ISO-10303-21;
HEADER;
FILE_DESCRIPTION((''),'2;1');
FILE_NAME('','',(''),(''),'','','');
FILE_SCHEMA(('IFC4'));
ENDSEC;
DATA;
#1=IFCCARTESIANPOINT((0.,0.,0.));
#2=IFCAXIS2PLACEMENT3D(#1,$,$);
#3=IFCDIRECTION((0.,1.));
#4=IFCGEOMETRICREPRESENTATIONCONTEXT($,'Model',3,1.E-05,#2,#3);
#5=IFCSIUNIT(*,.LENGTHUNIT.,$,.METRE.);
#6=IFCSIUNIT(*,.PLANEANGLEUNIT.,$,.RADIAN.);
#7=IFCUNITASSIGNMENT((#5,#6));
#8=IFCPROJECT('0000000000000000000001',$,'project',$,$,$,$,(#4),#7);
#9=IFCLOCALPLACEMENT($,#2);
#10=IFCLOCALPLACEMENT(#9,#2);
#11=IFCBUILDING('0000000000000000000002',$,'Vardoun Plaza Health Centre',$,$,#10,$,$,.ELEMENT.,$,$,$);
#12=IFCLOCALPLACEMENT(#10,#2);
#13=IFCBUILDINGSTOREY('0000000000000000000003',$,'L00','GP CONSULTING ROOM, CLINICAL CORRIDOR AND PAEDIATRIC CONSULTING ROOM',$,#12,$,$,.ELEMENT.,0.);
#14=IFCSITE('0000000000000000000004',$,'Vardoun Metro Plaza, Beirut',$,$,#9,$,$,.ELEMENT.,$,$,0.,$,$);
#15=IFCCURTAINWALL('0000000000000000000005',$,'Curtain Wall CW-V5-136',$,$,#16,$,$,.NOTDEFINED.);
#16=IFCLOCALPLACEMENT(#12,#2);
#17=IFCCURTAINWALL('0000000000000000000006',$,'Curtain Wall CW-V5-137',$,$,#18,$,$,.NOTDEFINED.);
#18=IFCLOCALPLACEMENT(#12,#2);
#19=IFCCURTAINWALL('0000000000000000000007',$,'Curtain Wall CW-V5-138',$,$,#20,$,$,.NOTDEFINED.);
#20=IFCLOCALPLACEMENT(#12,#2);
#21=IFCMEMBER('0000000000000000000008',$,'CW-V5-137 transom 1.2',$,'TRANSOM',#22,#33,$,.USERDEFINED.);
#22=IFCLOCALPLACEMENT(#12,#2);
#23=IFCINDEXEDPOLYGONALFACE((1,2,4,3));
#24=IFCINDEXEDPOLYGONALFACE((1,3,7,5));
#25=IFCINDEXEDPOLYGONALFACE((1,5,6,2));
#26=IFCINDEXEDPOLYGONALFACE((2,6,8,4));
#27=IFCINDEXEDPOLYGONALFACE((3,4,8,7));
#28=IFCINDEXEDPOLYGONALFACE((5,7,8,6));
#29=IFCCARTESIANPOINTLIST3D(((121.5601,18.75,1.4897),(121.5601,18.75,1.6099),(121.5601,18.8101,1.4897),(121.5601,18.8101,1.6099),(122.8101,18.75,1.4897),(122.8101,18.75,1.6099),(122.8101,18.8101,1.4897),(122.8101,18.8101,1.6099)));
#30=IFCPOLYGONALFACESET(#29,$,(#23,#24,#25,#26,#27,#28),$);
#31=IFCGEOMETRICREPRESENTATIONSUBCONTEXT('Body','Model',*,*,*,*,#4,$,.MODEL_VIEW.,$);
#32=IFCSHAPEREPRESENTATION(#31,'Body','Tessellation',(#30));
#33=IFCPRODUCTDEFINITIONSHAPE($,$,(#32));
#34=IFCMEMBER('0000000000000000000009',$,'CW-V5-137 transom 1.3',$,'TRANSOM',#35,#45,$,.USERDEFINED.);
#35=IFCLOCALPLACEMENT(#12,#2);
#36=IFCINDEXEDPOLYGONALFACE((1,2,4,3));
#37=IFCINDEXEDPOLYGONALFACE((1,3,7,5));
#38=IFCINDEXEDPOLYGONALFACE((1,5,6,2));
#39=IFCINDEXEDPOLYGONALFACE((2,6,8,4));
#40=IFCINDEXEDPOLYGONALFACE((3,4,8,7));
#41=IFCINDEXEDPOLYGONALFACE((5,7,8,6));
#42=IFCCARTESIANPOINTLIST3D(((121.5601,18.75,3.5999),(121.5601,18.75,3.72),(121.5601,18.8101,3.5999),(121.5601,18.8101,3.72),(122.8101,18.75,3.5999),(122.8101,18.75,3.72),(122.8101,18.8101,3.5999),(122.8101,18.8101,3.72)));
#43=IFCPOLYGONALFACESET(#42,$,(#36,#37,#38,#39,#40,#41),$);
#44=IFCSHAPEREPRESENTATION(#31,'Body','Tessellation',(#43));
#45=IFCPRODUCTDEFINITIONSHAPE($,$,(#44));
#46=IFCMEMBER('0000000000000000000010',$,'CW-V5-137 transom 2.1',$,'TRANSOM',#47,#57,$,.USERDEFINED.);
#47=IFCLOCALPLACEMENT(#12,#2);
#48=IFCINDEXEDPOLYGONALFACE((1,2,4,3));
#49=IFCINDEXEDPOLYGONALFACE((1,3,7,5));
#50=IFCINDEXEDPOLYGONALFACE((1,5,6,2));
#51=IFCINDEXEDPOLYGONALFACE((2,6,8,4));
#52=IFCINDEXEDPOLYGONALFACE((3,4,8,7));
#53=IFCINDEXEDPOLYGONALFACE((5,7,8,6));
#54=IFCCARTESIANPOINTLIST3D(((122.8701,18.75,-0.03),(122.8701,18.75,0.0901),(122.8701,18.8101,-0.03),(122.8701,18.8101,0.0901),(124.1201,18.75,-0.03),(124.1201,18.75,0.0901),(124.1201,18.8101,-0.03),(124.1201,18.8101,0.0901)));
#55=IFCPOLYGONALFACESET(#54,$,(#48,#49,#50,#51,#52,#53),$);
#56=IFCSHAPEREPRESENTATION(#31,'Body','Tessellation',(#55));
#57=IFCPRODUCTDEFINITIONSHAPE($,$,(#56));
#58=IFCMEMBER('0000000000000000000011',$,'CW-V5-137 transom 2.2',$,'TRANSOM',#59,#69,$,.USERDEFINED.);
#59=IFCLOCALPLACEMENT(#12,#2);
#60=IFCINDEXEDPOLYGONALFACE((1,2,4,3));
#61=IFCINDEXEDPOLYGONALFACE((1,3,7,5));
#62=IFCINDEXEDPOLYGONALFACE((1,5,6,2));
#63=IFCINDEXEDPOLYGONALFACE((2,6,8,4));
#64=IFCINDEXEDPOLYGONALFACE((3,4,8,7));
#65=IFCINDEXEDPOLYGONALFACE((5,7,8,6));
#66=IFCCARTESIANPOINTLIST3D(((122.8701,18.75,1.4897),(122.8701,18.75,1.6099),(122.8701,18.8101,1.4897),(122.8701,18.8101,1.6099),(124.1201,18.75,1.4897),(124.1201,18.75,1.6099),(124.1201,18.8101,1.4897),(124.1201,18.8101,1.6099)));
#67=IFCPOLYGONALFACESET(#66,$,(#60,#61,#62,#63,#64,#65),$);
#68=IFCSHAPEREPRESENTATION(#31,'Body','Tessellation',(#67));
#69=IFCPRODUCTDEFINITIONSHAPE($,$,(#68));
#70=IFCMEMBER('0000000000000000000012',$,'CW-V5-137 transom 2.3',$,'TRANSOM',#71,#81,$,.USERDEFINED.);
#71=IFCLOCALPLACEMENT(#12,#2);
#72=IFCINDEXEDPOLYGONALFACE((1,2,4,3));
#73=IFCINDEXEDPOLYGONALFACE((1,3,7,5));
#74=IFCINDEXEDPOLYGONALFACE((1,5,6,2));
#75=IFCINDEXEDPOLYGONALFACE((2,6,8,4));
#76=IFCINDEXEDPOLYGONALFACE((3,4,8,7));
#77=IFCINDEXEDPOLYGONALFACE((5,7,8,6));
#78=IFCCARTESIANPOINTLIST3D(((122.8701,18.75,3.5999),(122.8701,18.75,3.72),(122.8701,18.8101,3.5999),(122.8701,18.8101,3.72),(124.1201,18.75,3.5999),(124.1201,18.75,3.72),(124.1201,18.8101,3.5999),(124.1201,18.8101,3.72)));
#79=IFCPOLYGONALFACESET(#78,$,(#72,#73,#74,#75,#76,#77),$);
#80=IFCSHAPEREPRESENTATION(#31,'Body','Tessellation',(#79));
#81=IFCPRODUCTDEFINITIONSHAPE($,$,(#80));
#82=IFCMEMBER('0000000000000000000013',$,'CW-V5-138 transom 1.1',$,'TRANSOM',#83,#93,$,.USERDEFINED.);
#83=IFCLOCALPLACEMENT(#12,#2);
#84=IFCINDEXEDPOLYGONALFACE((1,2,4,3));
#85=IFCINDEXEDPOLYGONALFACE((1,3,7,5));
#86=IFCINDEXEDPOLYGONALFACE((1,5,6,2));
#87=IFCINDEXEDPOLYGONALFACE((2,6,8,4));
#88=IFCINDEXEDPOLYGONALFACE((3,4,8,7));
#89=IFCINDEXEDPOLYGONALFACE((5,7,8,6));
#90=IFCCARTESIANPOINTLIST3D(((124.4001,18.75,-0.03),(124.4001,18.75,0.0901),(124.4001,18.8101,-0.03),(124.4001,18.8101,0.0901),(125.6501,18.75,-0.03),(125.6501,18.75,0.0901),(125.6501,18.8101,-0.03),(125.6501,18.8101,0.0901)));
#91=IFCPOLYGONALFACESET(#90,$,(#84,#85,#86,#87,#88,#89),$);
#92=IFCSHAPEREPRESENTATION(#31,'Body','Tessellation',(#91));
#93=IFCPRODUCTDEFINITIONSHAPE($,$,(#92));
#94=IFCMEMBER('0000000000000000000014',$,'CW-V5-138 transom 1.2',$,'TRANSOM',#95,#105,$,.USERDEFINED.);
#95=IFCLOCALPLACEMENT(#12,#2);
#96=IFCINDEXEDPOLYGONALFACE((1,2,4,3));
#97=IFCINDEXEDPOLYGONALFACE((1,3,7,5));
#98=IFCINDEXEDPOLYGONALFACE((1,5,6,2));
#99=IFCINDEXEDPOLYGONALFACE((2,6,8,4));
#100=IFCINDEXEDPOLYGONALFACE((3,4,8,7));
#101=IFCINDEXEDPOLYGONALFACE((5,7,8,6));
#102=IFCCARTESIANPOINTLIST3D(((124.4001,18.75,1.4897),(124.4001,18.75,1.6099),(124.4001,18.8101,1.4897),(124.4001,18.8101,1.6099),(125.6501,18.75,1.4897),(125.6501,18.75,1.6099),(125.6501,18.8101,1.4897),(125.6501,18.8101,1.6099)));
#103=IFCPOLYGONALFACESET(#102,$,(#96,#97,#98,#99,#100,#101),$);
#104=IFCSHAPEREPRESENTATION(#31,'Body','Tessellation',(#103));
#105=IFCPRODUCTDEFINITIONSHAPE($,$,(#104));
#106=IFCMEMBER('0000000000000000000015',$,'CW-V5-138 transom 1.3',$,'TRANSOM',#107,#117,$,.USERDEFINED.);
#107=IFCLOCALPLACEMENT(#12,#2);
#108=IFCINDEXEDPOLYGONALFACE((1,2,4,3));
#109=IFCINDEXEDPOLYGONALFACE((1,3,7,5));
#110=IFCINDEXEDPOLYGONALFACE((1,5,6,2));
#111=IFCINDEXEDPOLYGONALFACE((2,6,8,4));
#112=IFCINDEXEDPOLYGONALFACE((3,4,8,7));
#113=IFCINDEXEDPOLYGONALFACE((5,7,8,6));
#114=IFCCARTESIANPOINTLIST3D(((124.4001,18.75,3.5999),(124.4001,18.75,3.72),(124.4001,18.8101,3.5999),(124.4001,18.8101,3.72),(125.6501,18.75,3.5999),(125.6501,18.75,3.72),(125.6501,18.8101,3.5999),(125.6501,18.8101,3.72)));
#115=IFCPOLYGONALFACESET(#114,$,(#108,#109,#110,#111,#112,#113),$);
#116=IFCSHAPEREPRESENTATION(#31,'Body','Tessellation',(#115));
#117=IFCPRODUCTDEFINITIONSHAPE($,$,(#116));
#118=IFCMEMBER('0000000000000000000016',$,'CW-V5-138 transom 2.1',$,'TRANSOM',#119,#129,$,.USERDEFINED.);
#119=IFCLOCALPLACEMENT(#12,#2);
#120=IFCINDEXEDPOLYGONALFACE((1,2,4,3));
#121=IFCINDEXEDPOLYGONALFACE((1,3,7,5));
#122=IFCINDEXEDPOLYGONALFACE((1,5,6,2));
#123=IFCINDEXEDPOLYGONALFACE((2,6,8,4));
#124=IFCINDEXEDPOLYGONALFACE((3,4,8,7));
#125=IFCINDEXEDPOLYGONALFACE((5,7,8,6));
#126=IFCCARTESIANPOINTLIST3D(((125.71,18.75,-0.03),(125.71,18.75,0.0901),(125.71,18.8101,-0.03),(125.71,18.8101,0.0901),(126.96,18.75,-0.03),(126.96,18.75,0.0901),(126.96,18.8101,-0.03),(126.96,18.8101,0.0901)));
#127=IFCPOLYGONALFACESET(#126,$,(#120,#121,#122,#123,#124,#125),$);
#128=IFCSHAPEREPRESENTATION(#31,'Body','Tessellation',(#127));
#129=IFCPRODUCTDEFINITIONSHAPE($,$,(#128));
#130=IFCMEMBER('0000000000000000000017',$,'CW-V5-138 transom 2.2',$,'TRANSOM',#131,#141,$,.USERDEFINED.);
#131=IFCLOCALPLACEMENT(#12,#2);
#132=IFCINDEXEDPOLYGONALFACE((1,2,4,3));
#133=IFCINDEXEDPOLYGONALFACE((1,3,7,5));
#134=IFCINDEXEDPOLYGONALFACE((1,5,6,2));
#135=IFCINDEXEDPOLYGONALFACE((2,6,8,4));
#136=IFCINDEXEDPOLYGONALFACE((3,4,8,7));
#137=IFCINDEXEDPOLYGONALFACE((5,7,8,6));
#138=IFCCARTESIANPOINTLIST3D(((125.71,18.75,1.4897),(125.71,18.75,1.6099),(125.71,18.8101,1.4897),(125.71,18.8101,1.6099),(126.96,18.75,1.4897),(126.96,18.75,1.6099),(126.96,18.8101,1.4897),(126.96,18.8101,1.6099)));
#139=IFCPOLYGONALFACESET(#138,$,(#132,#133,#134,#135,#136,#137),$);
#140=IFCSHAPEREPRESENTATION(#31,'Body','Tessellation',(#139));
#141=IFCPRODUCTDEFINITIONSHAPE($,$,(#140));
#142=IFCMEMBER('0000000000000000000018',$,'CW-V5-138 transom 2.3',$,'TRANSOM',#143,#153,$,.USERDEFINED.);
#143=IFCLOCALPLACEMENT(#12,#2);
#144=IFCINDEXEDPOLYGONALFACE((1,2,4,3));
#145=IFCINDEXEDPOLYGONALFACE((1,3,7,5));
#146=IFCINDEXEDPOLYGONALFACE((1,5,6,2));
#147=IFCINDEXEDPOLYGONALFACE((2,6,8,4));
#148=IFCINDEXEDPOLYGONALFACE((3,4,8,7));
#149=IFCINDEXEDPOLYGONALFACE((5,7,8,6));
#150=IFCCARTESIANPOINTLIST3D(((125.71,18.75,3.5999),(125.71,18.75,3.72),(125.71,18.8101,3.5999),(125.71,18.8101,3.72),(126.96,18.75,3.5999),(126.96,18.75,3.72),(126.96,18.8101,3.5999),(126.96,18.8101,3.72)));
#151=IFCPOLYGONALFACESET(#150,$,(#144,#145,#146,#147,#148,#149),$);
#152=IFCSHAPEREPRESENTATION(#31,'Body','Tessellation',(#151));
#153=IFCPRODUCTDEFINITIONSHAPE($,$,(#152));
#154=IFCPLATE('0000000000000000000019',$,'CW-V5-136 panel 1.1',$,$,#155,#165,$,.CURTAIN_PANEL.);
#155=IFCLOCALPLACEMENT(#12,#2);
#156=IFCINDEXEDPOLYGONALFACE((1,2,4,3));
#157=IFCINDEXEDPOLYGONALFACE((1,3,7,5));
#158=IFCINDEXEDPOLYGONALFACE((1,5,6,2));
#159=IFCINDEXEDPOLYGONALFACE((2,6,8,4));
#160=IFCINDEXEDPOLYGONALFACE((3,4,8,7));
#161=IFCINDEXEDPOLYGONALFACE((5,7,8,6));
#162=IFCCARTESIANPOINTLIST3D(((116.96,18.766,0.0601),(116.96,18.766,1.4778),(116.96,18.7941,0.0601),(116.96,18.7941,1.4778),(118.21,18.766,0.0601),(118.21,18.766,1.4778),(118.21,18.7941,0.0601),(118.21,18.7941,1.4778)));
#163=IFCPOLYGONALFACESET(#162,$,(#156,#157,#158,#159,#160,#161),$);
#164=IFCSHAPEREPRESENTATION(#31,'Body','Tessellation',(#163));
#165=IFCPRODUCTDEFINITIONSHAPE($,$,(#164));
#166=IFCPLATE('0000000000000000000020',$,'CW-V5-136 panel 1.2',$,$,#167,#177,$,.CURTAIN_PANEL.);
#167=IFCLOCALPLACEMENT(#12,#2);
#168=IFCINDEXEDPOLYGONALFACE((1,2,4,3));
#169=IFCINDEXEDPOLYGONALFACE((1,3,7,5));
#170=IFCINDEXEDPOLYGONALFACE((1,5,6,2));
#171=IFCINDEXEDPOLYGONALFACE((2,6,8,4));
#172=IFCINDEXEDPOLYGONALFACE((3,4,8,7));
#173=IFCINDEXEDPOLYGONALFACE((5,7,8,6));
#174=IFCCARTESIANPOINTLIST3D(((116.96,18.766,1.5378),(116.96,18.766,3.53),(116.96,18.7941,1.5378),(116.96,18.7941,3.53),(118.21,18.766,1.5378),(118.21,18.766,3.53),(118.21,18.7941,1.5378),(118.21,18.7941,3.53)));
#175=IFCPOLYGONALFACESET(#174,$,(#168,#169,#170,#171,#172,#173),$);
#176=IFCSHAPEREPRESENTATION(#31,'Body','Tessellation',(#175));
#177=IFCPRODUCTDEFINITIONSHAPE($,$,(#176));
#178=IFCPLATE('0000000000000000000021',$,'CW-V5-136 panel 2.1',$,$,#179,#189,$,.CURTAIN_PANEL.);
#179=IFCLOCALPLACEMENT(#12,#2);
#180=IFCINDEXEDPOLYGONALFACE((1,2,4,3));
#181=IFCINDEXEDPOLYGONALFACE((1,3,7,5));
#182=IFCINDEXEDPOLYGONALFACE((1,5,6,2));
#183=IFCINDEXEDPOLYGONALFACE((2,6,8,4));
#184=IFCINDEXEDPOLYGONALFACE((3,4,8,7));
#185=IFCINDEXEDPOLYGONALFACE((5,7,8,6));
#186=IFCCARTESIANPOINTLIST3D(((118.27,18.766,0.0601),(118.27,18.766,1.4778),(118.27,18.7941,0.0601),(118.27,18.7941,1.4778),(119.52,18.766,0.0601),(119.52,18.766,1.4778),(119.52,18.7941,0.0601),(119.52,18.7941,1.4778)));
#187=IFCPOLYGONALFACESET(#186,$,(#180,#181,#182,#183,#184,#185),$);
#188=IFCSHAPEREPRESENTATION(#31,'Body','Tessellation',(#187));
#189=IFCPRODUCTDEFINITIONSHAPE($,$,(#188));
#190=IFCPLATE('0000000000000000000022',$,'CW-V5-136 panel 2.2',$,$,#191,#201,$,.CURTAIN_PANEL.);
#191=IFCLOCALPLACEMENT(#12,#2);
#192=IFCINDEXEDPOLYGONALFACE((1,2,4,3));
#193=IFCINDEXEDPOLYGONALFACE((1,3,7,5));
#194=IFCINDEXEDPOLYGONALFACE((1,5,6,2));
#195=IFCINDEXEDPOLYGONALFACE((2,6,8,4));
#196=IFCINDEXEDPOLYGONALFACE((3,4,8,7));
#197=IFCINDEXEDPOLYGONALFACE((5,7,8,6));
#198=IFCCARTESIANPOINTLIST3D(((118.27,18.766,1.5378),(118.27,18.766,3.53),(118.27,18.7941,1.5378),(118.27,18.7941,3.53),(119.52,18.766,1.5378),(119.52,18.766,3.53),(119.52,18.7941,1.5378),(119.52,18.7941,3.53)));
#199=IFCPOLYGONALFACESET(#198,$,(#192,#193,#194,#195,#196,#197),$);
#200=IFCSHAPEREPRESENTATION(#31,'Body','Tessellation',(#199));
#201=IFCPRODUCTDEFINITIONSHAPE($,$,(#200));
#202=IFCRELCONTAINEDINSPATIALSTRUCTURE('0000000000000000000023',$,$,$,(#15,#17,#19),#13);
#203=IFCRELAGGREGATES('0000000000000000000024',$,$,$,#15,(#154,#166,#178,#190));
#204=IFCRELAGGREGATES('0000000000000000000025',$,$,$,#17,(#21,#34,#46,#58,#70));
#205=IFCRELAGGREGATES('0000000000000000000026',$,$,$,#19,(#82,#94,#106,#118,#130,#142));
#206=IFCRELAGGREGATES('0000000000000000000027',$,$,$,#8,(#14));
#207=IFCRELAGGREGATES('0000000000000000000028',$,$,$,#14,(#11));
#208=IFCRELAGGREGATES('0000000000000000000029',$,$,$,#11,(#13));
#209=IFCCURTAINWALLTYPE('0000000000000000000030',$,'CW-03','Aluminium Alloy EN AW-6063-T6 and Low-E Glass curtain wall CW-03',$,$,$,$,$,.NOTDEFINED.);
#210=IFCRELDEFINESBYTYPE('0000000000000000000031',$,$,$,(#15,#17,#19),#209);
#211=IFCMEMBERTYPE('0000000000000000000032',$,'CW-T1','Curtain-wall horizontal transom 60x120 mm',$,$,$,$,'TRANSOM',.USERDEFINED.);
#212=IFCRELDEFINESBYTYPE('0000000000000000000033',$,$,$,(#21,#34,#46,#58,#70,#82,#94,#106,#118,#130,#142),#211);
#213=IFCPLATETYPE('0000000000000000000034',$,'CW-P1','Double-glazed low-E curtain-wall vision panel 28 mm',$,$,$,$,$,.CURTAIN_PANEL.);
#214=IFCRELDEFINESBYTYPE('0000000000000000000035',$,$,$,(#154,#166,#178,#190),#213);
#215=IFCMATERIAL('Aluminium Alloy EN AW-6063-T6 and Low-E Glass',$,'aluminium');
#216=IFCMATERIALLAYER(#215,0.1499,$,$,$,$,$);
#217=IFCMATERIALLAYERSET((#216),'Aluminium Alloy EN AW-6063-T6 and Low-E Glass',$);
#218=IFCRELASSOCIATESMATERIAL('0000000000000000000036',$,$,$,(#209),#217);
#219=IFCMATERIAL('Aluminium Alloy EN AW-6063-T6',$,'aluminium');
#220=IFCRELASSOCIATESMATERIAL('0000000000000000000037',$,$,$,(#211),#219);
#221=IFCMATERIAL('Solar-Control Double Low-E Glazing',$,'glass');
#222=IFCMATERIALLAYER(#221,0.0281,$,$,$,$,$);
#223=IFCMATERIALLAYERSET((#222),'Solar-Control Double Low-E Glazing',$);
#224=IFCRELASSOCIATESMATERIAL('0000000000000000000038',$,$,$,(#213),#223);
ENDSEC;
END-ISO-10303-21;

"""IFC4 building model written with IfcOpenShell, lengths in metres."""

from ifc_helpers import new_model, si_unit, direction, frame, origin, origin_2d, place, context, subcontext, project, spatial, rectangle, extrude, material, layer, layer_set, material_profile, profile_set, type_object, element, aggregate, save


model = new_model("IFC4")

# Units and contexts
model_context = context("Model", 3, precision=1e-05, world=origin(), true_north=direction((0.0, 1.0)))
body_context = subcontext(model_context, "Body", "Model", "MODEL_VIEW")
ifc_project = project(units=[si_unit("LENGTHUNIT", "METRE"), si_unit("PLANEANGLEUNIT", "RADIAN")], contexts=[model_context])

# Site, building, storey
site_placement = place(None, origin())
site = spatial("IfcSite", under=ifc_project, at=site_placement, Name="Vardoun Metro Plaza, Beirut", CompositionType="ELEMENT", RefElevation=0.0)
building_placement = place(site_placement, origin())
building = spatial("IfcBuilding", under=site, at=building_placement, Name="Vardoun Plaza Health Centre", CompositionType="ELEMENT")
storey_placement = place(building_placement, origin())
storey = spatial("IfcBuildingStorey", under=building, at=storey_placement, Name="L00", Description="GP CONSULTING ROOM, CLINICAL CORRIDOR AND PAEDIATRIC CONSULTING ROOM", CompositionType="ELEMENT", Elevation=0.0)

# Curtain walls
ifc_material_1 = material(Name="Aluminium Alloy EN AW-6063-T6 and Low-E Glass", Category="aluminium")
ifc_layer_1 = layer(ifc_material_1, 0.1499)
ifc_layer_set_1 = layer_set([ifc_layer_1], Name="Aluminium Alloy EN AW-6063-T6 and Low-E Glass")
curtain_wall_type = type_object("IfcCurtainWallType", Name="CW-03", Description="Aluminium Alloy EN AW-6063-T6 and Low-E Glass curtain wall CW-03", PredefinedType="NOTDEFINED", material=ifc_layer_set_1)
curtain_wall_1_placement = place(storey_placement, origin())
curtain_wall_1 = element("IfcCurtainWall", 1, at=curtain_wall_1_placement, inside=storey, type_object=curtain_wall_type, Name="Curtain Wall CW-V5-136", PredefinedType="NOTDEFINED")
curtain_wall_2_placement = place(storey_placement, origin())
curtain_wall_2 = element("IfcCurtainWall", 2, at=curtain_wall_2_placement, inside=storey, type_object=curtain_wall_type, Name="Curtain Wall CW-V5-137", PredefinedType="NOTDEFINED")
curtain_wall_3_placement = place(storey_placement, origin())
curtain_wall_3 = element("IfcCurtainWall", 3, at=curtain_wall_3_placement, inside=storey, type_object=curtain_wall_type, Name="Curtain Wall CW-V5-138", PredefinedType="NOTDEFINED")

# Members
ifc_material_2 = material(Name="Aluminium Alloy EN AW-6063-T6", Category="aluminium")
ifc_material_profile_1 = material_profile(ifc_material_2, rectangle(XDim=0.0601, YDim=0.1201, at=origin_2d()), Name="CWT 60x120")
ifc_profile_set_1 = profile_set([ifc_material_profile_1], Name="Aluminium Alloy EN AW-6063-T6")
member_type_1 = type_object("IfcMemberType", Name="CW-T1", Description="Curtain-wall horizontal transom 60x120 mm", ElementType="TRANSOM", PredefinedType="USERDEFINED", material=ifc_profile_set_1)
member_1_placement = place(storey_placement, frame((121.5601, 18.78, 1.5498), z_axis=(1.0, 0.0, 0.0), x_axis=(0.0, 1.0, 0.0)))
member_1 = element("IfcMember", 4, at=member_1_placement, type_object=member_type_1, Name="CW-V5-137 transom 1.2", ObjectType="TRANSOM", PredefinedType="USERDEFINED", context=body_context, shape_type="SweptSolid", body=[
    extrude(rectangle(XDim=0.0601, YDim=0.1201, at=origin_2d()), origin(), (0.0, 0.0, 1.0), 1.25),
])
member_2_placement = place(storey_placement, frame((121.5601, 18.78, 3.6599), z_axis=(1.0, 0.0, 0.0), x_axis=(0.0, 1.0, 0.0)))
member_2 = element("IfcMember", 5, at=member_2_placement, type_object=member_type_1, Name="CW-V5-137 transom 1.3", ObjectType="TRANSOM", PredefinedType="USERDEFINED", context=body_context, shape_type="SweptSolid", body=[
    extrude(rectangle(XDim=0.0601, YDim=0.1201, at=origin_2d()), origin(), (0.0, 0.0, 1.0), 1.25),
])
member_3_placement = place(storey_placement, frame((122.8701, 18.78, 0.03), z_axis=(1.0, 0.0, 0.0), x_axis=(0.0, 1.0, 0.0)))
member_3 = element("IfcMember", 6, at=member_3_placement, type_object=member_type_1, Name="CW-V5-137 transom 2.1", ObjectType="TRANSOM", PredefinedType="USERDEFINED", context=body_context, shape_type="SweptSolid", body=[
    extrude(rectangle(XDim=0.0601, YDim=0.1201, at=origin_2d()), origin(), (0.0, 0.0, 1.0), 1.25),
])
member_4_placement = place(storey_placement, frame((122.8701, 18.78, 1.5498), z_axis=(1.0, 0.0, 0.0), x_axis=(0.0, 1.0, 0.0)))
member_4 = element("IfcMember", 7, at=member_4_placement, type_object=member_type_1, Name="CW-V5-137 transom 2.2", ObjectType="TRANSOM", PredefinedType="USERDEFINED", context=body_context, shape_type="SweptSolid", body=[
    extrude(rectangle(XDim=0.0601, YDim=0.1201, at=origin_2d()), origin(), (0.0, 0.0, 1.0), 1.25),
])
member_5_placement = place(storey_placement, frame((122.8701, 18.78, 3.6599), z_axis=(1.0, 0.0, 0.0), x_axis=(0.0, 1.0, 0.0)))
member_5 = element("IfcMember", 8, at=member_5_placement, type_object=member_type_1, Name="CW-V5-137 transom 2.3", ObjectType="TRANSOM", PredefinedType="USERDEFINED", context=body_context, shape_type="SweptSolid", body=[
    extrude(rectangle(XDim=0.0601, YDim=0.1201, at=origin_2d()), origin(), (0.0, 0.0, 1.0), 1.25),
])
member_6_placement = place(storey_placement, frame((124.4001, 18.78, 0.03), z_axis=(1.0, 0.0, 0.0), x_axis=(0.0, 1.0, 0.0)))
member_6 = element("IfcMember", 9, at=member_6_placement, type_object=member_type_1, Name="CW-V5-138 transom 1.1", ObjectType="TRANSOM", PredefinedType="USERDEFINED", context=body_context, shape_type="SweptSolid", body=[
    extrude(rectangle(XDim=0.0601, YDim=0.1201, at=origin_2d()), origin(), (0.0, 0.0, 1.0), 1.25),
])
member_7_placement = place(storey_placement, frame((124.4001, 18.78, 1.5498), z_axis=(1.0, 0.0, 0.0), x_axis=(0.0, 1.0, 0.0)))
member_7 = element("IfcMember", 10, at=member_7_placement, type_object=member_type_1, Name="CW-V5-138 transom 1.2", ObjectType="TRANSOM", PredefinedType="USERDEFINED", context=body_context, shape_type="SweptSolid", body=[
    extrude(rectangle(XDim=0.0601, YDim=0.1201, at=origin_2d()), origin(), (0.0, 0.0, 1.0), 1.25),
])
member_8_placement = place(storey_placement, frame((124.4001, 18.78, 3.6599), z_axis=(1.0, 0.0, 0.0), x_axis=(0.0, 1.0, 0.0)))
member_8 = element("IfcMember", 11, at=member_8_placement, type_object=member_type_1, Name="CW-V5-138 transom 1.3", ObjectType="TRANSOM", PredefinedType="USERDEFINED", context=body_context, shape_type="SweptSolid", body=[
    extrude(rectangle(XDim=0.0601, YDim=0.1201, at=origin_2d()), origin(), (0.0, 0.0, 1.0), 1.25),
])
member_9_placement = place(storey_placement, frame((125.71, 18.78, 0.03), z_axis=(1.0, 0.0, 0.0), x_axis=(0.0, 1.0, 0.0)))
member_9 = element("IfcMember", 12, at=member_9_placement, type_object=member_type_1, Name="CW-V5-138 transom 2.1", ObjectType="TRANSOM", PredefinedType="USERDEFINED", context=body_context, shape_type="SweptSolid", body=[
    extrude(rectangle(XDim=0.0601, YDim=0.1201, at=origin_2d()), origin(), (0.0, 0.0, 1.0), 1.25),
])
member_10_placement = place(storey_placement, frame((125.71, 18.78, 1.5498), z_axis=(1.0, 0.0, 0.0), x_axis=(0.0, 1.0, 0.0)))
member_10 = element("IfcMember", 13, at=member_10_placement, type_object=member_type_1, Name="CW-V5-138 transom 2.2", ObjectType="TRANSOM", PredefinedType="USERDEFINED", context=body_context, shape_type="SweptSolid", body=[
    extrude(rectangle(XDim=0.0601, YDim=0.1201, at=origin_2d()), origin(), (0.0, 0.0, 1.0), 1.25),
])
member_11_placement = place(storey_placement, frame((125.71, 18.78, 3.6599), z_axis=(1.0, 0.0, 0.0), x_axis=(0.0, 1.0, 0.0)))
member_11 = element("IfcMember", 14, at=member_11_placement, type_object=member_type_1, Name="CW-V5-138 transom 2.3", ObjectType="TRANSOM", PredefinedType="USERDEFINED", context=body_context, shape_type="SweptSolid", body=[
    extrude(rectangle(XDim=0.0601, YDim=0.1201, at=origin_2d()), origin(), (0.0, 0.0, 1.0), 1.25),
])

# Plates
ifc_material_3 = material(Name="Solar-Control Double Low-E Glazing", Category="glass")
ifc_layer_2 = layer(ifc_material_3, 0.0281)
ifc_layer_set_2 = layer_set([ifc_layer_2], Name="Solar-Control Double Low-E Glazing")
plate_type = type_object("IfcPlateType", Name="CW-P1", Description="Double-glazed low-E curtain-wall vision panel 28 mm", PredefinedType="CURTAIN_PANEL", material=ifc_layer_set_2)
plate_1_placement = place(storey_placement, frame((117.585, 18.78, 0.0601), z_axis=(0.0, 0.0, 1.0), x_axis=(1.0, 0.0, 0.0)))
plate_1 = element("IfcPlate", 15, at=plate_1_placement, type_object=plate_type, Name="CW-V5-136 panel 1.1", PredefinedType="CURTAIN_PANEL", context=body_context, shape_type="SweptSolid", body=[
    extrude(rectangle(XDim=1.25, YDim=0.0281, at=origin_2d()), origin(), (0.0, 0.0, 1.0), 1.4177),
])
plate_2_placement = place(storey_placement, frame((117.585, 18.78, 1.5378), z_axis=(0.0, 0.0, 1.0), x_axis=(1.0, 0.0, 0.0)))
plate_2 = element("IfcPlate", 16, at=plate_2_placement, type_object=plate_type, Name="CW-V5-136 panel 1.2", PredefinedType="CURTAIN_PANEL", context=body_context, shape_type="SweptSolid", body=[
    extrude(rectangle(XDim=1.25, YDim=0.0281, at=origin_2d()), origin(), (0.0, 0.0, 1.0), 1.9922),
])
plate_3_placement = place(storey_placement, frame((118.895, 18.78, 0.0601), z_axis=(0.0, 0.0, 1.0), x_axis=(1.0, 0.0, 0.0)))
plate_3 = element("IfcPlate", 17, at=plate_3_placement, type_object=plate_type, Name="CW-V5-136 panel 2.1", PredefinedType="CURTAIN_PANEL", context=body_context, shape_type="SweptSolid", body=[
    extrude(rectangle(XDim=1.25, YDim=0.0281, at=origin_2d()), origin(), (0.0, 0.0, 1.0), 1.4177),
])
plate_4_placement = place(storey_placement, frame((118.895, 18.78, 1.5378), z_axis=(0.0, 0.0, 1.0), x_axis=(1.0, 0.0, 0.0)))
plate_4 = element("IfcPlate", 18, at=plate_4_placement, type_object=plate_type, Name="CW-V5-136 panel 2.2", PredefinedType="CURTAIN_PANEL", context=body_context, shape_type="SweptSolid", body=[
    extrude(rectangle(XDim=1.25, YDim=0.0281, at=origin_2d()), origin(), (0.0, 0.0, 1.0), 1.9922),
])
aggregate(curtain_wall_1, [plate_1, plate_2, plate_3, plate_4])
aggregate(curtain_wall_2, [member_1, member_2, member_3, member_4, member_5])
aggregate(curtain_wall_3, [member_6, member_7, member_8, member_9, member_10, member_11])

save(model, "model.ifc")
